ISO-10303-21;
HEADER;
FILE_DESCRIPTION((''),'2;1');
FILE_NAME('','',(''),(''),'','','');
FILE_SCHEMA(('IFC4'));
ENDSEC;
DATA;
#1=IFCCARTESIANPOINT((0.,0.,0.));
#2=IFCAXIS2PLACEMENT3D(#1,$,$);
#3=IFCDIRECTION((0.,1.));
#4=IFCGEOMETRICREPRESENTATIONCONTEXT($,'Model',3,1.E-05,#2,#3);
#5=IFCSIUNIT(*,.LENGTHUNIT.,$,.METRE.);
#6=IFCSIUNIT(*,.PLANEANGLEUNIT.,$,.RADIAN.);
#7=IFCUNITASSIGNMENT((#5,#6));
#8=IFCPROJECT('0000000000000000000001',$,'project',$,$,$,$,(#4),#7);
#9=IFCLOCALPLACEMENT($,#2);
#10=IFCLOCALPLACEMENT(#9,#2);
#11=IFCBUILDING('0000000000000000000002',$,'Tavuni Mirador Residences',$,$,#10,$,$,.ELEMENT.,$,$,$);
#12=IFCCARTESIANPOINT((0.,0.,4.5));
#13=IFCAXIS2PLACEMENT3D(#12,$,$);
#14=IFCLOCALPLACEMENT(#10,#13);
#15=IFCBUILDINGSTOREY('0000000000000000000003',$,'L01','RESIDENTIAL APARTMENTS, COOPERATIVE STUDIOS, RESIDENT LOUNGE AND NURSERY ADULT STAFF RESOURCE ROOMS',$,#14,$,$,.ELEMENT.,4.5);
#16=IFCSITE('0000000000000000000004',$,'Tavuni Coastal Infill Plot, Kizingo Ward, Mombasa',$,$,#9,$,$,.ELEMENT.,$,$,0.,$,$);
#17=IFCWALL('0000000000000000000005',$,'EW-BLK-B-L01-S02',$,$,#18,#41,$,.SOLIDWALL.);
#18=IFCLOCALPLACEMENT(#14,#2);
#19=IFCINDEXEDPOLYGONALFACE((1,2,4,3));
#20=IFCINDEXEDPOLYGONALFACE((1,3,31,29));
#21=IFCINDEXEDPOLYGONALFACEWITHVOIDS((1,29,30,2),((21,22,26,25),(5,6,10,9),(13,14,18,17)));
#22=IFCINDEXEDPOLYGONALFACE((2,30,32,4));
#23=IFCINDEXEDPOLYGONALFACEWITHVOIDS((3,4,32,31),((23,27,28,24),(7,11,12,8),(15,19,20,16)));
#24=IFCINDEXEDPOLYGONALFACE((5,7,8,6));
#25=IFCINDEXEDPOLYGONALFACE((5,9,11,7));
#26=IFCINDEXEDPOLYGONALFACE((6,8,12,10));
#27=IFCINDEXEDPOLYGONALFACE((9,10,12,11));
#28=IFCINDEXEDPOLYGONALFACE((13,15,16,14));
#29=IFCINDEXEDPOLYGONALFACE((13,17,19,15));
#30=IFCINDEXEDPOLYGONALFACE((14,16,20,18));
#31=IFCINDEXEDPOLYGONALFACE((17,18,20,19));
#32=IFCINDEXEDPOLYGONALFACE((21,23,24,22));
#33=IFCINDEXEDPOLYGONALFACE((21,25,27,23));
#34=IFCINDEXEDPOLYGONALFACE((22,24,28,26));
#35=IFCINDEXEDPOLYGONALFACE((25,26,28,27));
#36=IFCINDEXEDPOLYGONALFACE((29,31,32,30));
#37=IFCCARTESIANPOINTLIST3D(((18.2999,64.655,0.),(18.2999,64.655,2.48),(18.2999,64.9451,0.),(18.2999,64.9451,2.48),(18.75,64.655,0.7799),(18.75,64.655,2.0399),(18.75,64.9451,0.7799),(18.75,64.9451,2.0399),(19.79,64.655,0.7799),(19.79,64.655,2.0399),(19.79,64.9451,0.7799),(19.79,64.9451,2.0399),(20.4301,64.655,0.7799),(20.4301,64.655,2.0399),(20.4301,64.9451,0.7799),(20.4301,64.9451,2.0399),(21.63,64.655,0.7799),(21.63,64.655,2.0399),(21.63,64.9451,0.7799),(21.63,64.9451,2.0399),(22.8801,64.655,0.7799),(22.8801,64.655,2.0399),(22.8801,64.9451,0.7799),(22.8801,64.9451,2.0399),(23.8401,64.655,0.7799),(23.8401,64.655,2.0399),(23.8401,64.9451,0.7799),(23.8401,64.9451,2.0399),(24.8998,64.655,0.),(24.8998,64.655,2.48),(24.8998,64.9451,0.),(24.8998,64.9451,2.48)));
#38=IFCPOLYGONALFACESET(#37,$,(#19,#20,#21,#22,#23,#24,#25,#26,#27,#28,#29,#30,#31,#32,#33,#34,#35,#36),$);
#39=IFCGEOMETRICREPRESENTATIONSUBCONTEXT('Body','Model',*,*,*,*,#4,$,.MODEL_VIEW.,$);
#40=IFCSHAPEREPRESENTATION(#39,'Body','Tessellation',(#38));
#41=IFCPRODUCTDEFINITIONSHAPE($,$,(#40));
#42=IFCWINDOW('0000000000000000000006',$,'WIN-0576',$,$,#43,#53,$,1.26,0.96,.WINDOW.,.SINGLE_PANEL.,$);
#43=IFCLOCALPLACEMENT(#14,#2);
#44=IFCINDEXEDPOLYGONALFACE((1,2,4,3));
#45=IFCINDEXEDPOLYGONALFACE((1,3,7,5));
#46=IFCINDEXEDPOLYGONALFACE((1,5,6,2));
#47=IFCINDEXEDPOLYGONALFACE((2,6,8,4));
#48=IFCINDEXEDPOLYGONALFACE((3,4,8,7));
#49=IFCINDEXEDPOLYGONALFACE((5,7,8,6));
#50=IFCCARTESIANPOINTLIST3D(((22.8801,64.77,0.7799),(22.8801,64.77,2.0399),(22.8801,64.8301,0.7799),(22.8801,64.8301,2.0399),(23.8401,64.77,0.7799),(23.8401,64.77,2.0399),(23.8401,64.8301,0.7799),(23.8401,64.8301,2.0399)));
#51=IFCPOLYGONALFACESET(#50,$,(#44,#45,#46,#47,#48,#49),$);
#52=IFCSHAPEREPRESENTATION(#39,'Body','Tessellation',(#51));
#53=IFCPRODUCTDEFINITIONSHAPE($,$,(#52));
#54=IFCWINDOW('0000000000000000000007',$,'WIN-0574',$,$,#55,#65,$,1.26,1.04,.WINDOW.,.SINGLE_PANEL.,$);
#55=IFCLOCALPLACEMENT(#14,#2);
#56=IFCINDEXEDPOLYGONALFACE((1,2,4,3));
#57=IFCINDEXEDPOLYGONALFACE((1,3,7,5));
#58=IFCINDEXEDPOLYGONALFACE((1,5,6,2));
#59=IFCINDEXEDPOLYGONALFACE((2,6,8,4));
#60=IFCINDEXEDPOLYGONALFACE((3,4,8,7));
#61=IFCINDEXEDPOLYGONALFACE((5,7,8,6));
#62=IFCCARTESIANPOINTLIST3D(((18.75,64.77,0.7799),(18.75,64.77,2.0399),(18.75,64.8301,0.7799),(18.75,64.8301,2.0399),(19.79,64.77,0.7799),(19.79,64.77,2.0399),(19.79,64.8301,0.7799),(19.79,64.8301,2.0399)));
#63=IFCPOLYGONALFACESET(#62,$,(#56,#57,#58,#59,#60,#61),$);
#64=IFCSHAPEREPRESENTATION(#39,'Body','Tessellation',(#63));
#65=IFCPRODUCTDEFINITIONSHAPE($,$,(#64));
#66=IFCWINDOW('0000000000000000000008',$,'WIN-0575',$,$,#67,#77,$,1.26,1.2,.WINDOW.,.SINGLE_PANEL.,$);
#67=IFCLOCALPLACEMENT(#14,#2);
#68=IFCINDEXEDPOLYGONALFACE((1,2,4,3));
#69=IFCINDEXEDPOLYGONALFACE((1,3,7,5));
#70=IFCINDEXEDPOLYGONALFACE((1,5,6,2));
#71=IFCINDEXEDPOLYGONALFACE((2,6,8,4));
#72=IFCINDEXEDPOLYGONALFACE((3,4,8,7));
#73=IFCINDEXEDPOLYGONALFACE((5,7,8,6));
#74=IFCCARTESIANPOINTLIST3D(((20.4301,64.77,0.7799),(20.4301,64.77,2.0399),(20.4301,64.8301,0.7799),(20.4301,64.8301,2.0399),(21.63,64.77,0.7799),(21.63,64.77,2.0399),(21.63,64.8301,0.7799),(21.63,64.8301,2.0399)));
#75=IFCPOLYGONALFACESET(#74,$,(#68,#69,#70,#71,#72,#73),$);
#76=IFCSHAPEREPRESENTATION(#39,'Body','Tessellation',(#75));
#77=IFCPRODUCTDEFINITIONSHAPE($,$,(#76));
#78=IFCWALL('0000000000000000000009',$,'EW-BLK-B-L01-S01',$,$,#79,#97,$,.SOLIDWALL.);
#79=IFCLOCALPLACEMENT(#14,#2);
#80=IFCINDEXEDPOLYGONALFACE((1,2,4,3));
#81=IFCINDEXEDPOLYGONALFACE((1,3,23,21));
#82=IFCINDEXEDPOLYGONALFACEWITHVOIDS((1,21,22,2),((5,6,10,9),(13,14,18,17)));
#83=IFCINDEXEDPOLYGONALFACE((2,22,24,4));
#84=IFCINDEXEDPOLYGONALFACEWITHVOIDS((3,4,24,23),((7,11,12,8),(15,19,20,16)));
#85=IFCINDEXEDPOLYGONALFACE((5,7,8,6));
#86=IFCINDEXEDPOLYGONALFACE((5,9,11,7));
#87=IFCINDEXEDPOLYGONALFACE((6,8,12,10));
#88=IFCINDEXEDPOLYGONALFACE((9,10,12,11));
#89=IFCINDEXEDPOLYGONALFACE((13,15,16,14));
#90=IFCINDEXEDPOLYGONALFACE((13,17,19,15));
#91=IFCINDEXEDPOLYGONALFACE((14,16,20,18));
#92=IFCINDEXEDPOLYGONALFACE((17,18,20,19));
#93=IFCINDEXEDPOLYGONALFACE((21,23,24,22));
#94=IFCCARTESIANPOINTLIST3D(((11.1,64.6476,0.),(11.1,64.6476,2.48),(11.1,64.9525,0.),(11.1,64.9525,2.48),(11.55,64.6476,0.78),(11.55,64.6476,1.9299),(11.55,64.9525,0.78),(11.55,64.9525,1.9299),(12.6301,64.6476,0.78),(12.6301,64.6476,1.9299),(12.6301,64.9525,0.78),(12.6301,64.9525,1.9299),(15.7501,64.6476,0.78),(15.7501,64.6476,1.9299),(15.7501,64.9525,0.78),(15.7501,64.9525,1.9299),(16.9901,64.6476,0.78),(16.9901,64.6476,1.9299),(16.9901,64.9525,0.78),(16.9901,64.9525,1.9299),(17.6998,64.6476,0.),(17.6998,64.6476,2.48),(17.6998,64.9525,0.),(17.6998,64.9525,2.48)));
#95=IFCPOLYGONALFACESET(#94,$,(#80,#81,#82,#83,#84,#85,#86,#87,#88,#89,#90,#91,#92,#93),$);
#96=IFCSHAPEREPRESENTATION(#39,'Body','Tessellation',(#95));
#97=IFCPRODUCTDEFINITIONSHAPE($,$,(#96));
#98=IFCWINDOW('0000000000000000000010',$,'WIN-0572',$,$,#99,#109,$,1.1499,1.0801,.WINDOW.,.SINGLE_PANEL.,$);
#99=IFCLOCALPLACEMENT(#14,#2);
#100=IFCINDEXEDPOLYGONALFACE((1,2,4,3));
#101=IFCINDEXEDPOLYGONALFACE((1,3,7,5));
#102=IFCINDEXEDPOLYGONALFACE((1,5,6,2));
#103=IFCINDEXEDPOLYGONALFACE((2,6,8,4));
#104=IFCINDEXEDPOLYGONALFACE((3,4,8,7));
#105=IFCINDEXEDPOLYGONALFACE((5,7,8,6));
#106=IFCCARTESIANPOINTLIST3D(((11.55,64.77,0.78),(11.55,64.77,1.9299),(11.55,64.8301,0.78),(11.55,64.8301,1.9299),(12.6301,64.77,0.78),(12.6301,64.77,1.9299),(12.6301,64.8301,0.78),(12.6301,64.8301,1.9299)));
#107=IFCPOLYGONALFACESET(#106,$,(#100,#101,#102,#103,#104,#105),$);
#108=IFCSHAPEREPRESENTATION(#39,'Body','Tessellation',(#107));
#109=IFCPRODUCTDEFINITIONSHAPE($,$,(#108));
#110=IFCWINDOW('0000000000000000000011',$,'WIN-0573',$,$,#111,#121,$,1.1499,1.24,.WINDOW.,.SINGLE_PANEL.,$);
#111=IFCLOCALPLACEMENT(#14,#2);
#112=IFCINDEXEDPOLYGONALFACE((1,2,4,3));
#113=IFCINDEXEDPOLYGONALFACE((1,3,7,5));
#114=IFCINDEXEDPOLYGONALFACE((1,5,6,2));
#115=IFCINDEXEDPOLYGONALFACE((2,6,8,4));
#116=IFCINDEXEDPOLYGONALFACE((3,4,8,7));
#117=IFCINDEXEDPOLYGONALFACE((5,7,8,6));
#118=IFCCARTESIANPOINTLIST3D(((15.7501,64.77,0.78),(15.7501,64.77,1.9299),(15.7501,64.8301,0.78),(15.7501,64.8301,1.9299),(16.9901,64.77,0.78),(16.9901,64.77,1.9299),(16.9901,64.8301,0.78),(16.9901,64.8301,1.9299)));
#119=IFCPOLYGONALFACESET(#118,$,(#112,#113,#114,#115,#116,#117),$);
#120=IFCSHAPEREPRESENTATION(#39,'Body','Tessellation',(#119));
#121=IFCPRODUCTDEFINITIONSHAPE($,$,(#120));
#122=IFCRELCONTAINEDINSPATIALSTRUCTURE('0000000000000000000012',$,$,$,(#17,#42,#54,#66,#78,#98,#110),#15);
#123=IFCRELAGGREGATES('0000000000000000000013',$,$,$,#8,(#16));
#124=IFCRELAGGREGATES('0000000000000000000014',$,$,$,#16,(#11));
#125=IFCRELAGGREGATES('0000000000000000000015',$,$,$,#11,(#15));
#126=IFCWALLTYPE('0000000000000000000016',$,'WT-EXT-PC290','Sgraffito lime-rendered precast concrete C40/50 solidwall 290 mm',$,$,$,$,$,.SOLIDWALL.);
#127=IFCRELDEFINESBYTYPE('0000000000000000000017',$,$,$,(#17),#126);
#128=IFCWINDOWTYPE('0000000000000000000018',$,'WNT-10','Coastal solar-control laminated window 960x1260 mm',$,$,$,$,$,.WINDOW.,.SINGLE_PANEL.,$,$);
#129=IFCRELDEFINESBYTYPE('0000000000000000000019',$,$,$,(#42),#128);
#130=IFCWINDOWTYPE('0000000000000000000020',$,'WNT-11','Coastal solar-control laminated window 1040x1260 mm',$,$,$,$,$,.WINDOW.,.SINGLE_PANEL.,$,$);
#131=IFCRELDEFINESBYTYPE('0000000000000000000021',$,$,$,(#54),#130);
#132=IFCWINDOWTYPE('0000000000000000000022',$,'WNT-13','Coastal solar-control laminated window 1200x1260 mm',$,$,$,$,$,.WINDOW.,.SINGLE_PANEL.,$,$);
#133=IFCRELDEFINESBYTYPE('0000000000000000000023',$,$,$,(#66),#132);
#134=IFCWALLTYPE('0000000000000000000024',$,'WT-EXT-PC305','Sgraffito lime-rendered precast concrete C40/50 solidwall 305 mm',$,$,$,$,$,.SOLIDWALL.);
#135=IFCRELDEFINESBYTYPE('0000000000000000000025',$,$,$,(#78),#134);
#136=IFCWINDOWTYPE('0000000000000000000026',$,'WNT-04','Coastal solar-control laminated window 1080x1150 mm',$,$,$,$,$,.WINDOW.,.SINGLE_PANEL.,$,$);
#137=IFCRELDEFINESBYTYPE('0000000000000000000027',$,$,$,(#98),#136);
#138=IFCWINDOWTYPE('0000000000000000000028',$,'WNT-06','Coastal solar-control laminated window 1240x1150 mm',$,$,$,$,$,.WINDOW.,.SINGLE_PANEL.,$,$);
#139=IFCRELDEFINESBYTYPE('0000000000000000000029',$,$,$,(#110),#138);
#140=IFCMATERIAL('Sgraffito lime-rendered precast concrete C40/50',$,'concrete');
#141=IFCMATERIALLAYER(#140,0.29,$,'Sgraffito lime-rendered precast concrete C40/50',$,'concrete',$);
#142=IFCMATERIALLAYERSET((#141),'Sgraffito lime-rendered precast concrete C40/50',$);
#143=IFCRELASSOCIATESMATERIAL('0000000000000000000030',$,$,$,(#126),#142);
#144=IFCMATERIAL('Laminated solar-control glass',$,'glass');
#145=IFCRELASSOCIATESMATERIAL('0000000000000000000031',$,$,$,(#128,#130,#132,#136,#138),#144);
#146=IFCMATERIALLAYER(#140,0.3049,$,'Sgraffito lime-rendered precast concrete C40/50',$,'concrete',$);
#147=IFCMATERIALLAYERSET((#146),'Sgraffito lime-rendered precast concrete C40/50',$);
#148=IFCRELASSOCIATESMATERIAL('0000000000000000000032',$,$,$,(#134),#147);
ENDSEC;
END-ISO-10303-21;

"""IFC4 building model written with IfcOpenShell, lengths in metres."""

from ifc_helpers import new_model, si_unit, direction, frame, frame_2d, origin, place, context, subcontext, project, spatial, rectangle, extrude, material, layer, layer_set, type_object, element, fill, save


model = new_model("IFC4")

# Units and contexts
model_context = context("Model", 3, precision=1e-05, world=origin(), true_north=direction((0.0, 1.0)))
body_context = subcontext(model_context, "Body", "Model", "MODEL_VIEW")
ifc_project = project(units=[si_unit("LENGTHUNIT", "METRE"), si_unit("PLANEANGLEUNIT", "RADIAN")], contexts=[model_context])

# Site, building, storey
site_placement = place(None, origin())
site = spatial("IfcSite", under=ifc_project, at=site_placement, Name="Tavuni Coastal Infill Plot, Kizingo Ward, Mombasa", CompositionType="ELEMENT", RefElevation=0.0)
building_placement = place(site_placement, origin())
building = spatial("IfcBuilding", under=site, at=building_placement, Name="Tavuni Mirador Residences", CompositionType="ELEMENT")
storey_placement = place(building_placement, frame((0.0, 0.0, 4.5)))
storey = spatial("IfcBuildingStorey", under=building, at=storey_placement, Name="L01", Description="RESIDENTIAL APARTMENTS, COOPERATIVE STUDIOS, RESIDENT LOUNGE AND NURSERY ADULT STAFF RESOURCE ROOMS", CompositionType="ELEMENT", Elevation=4.5)

# Walls, openings, windows
ifc_material_1 = material(Name="Sgraffito lime-rendered precast concrete C40/50", Category="concrete")
ifc_material_2 = material(Name="Laminated solar-control glass", Category="glass")
ifc_layer_1 = layer(ifc_material_1, 0.29, Name="Sgraffito lime-rendered precast concrete C40/50", Category="concrete")
ifc_layer_set_1 = layer_set([ifc_layer_1], Name="Sgraffito lime-rendered precast concrete C40/50")
wall_type_1 = type_object("IfcWallType", Name="WT-EXT-PC290", Description="Sgraffito lime-rendered precast concrete C40/50 solidwall 290 mm", PredefinedType="SOLIDWALL", material=ifc_layer_set_1)
wall_1_placement = place(storey_placement, frame((18.3, 64.8, 0.0), z_axis=(0.0, 0.0, 1.0), x_axis=(1.0, 0.0, 0.0)))
wall_1 = element("IfcWall", 1, at=wall_1_placement, inside=storey, type_object=wall_type_1, Name="EW-BLK-B-L01-S02", PredefinedType="SOLIDWALL", context=body_context, shape_type="SweptSolid", body=[
    extrude(rectangle(XDim=6.5999, YDim=0.29, at=frame_2d((3.2998, 0.0))), origin(), (0.0, 0.0, 1.0), 2.48),
])
opening_1_placement = place(wall_1_placement, frame((0.45, 0.0, 0.78)))
opening_1 = element("IfcOpeningElement", 2, at=opening_1_placement, cuts=wall_1, PredefinedType="OPENING", context=body_context, shape_type="SweptSolid", body=[
    extrude(rectangle(XDim=1.04, YDim=1.26, at=frame_2d((0.52, 0.6299))), frame((0.0, 0.155, 0.0), z_axis=(0.0, -1.0, 0.0), x_axis=(1.0, 0.0, 0.0)), (0.0, 0.0, 1.0), 0.3101),
])
opening_2_placement = place(wall_1_placement, frame((2.1299, 0.0, 0.78)))
opening_2 = element("IfcOpeningElement", 3, at=opening_2_placement, cuts=wall_1, PredefinedType="OPENING", context=body_context, shape_type="SweptSolid", body=[
    extrude(rectangle(XDim=1.2, YDim=1.26, at=frame_2d((0.6001, 0.6299))), frame((0.0, 0.155, 0.0), z_axis=(0.0, -1.0, 0.0), x_axis=(1.0, 0.0, 0.0)), (0.0, 0.0, 1.0), 0.3101),
])
opening_3_placement = place(wall_1_placement, frame((4.5801, 0.0, 0.78)))
opening_3 = element("IfcOpeningElement", 4, at=opening_3_placement, cuts=wall_1, PredefinedType="OPENING", context=body_context, shape_type="SweptSolid", body=[
    extrude(rectangle(XDim=0.96, YDim=1.26, at=frame_2d((0.48, 0.6299))), frame((0.0, 0.155, 0.0), z_axis=(0.0, -1.0, 0.0), x_axis=(1.0, 0.0, 0.0)), (0.0, 0.0, 1.0), 0.3101),
])
window_type_1 = type_object("IfcWindowType", Name="WNT-10", Description="Coastal solar-control laminated window 960x1260 mm", PartitioningType="SINGLE_PANEL", PredefinedType="WINDOW", material=ifc_material_2)
window_1_placement = place(opening_3_placement, origin())
window_1 = element("IfcWindow", 5, at=window_1_placement, inside=storey, type_object=window_type_1, Name="WIN-0576", OverallHeight=1.26, OverallWidth=0.96, PartitioningType="SINGLE_PANEL", PredefinedType="WINDOW", context=body_context, shape_type="SweptSolid", body=[
    extrude(rectangle(XDim=0.96, YDim=1.26, at=frame_2d((0.48, 0.6299))), frame((0.0, 0.03, 0.0), z_axis=(0.0, -1.0, 0.0), x_axis=(1.0, 0.0, 0.0)), (0.0, 0.0, 1.0), 0.0601),
])
fill(opening_3, window_1)
window_type_2 = type_object("IfcWindowType", Name="WNT-11", Description="Coastal solar-control laminated window 1040x1260 mm", PartitioningType="SINGLE_PANEL", PredefinedType="WINDOW", material=ifc_material_2)
window_2_placement = place(opening_1_placement, origin())
window_2 = element("IfcWindow", 6, at=window_2_placement, inside=storey, type_object=window_type_2, Name="WIN-0574", OverallHeight=1.26, OverallWidth=1.04, PartitioningType="SINGLE_PANEL", PredefinedType="WINDOW", context=body_context, shape_type="SweptSolid", body=[
    extrude(rectangle(XDim=1.04, YDim=1.26, at=frame_2d((0.52, 0.6299))), frame((0.0, 0.03, 0.0), z_axis=(0.0, -1.0, 0.0), x_axis=(1.0, 0.0, 0.0)), (0.0, 0.0, 1.0), 0.0601),
])
fill(opening_1, window_2)
window_type_3 = type_object("IfcWindowType", Name="WNT-13", Description="Coastal solar-control laminated window 1200x1260 mm", PartitioningType="SINGLE_PANEL", PredefinedType="WINDOW", material=ifc_material_2)
window_3_placement = place(opening_2_placement, origin())
window_3 = element("IfcWindow", 7, at=window_3_placement, inside=storey, type_object=window_type_3, Name="WIN-0575", OverallHeight=1.26, OverallWidth=1.2, PartitioningType="SINGLE_PANEL", PredefinedType="WINDOW", context=body_context, shape_type="SweptSolid", body=[
    extrude(rectangle(XDim=1.2, YDim=1.26, at=frame_2d((0.6001, 0.6299))), frame((0.0, 0.03, 0.0), z_axis=(0.0, -1.0, 0.0), x_axis=(1.0, 0.0, 0.0)), (0.0, 0.0, 1.0), 0.0601),
])
fill(opening_2, window_3)
ifc_layer_2 = layer(ifc_material_1, 0.3049, Name="Sgraffito lime-rendered precast concrete C40/50", Category="concrete")
ifc_layer_set_2 = layer_set([ifc_layer_2], Name="Sgraffito lime-rendered precast concrete C40/50")
wall_type_2 = type_object("IfcWallType", Name="WT-EXT-PC305", Description="Sgraffito lime-rendered precast concrete C40/50 solidwall 305 mm", PredefinedType="SOLIDWALL", material=ifc_layer_set_2)
wall_2_placement = place(storey_placement, frame((11.1001, 64.8, 0.0), z_axis=(0.0, 0.0, 1.0), x_axis=(1.0, 0.0, 0.0)))
wall_2 = element("IfcWall", 8, at=wall_2_placement, inside=storey, type_object=wall_type_2, Name="EW-BLK-B-L01-S01", PredefinedType="SOLIDWALL", context=body_context, shape_type="SweptSolid", body=[
    extrude(rectangle(XDim=6.5999, YDim=0.3049, at=frame_2d((3.2998, 0.0))), origin(), (0.0, 0.0, 1.0), 2.48),
])
opening_4_placement = place(wall_2_placement, frame((0.45, 0.0, 0.78)))
opening_4 = element("IfcOpeningElement", 9, at=opening_4_placement, cuts=wall_2, PredefinedType="OPENING", context=body_context, shape_type="SweptSolid", body=[
    extrude(rectangle(XDim=1.0801, YDim=1.1499, at=frame_2d((0.54, 0.575))), frame((0.0, 0.1626, 0.0), z_axis=(0.0, -1.0, 0.0), x_axis=(1.0, 0.0, 0.0)), (0.0, 0.0, 1.0), 0.325),
])
opening_5_placement = place(wall_2_placement, frame((4.6499, 0.0, 0.78)))
opening_5 = element("IfcOpeningElement", 10, at=opening_5_placement, cuts=wall_2, PredefinedType="OPENING", context=body_context, shape_type="SweptSolid", body=[
    extrude(rectangle(XDim=1.24, YDim=1.1499, at=frame_2d((0.6201, 0.575))), frame((0.0, 0.1626, 0.0), z_axis=(0.0, -1.0, 0.0), x_axis=(1.0, 0.0, 0.0)), (0.0, 0.0, 1.0), 0.325),
])
window_type_4 = type_object("IfcWindowType", Name="WNT-04", Description="Coastal solar-control laminated window 1080x1150 mm", PartitioningType="SINGLE_PANEL", PredefinedType="WINDOW", material=ifc_material_2)
window_4_placement = place(opening_4_placement, origin())
window_4 = element("IfcWindow", 11, at=window_4_placement, inside=storey, type_object=window_type_4, Name="WIN-0572", OverallHeight=1.1499, OverallWidth=1.0801, PartitioningType="SINGLE_PANEL", PredefinedType="WINDOW", context=body_context, shape_type="SweptSolid", body=[
    extrude(rectangle(XDim=1.0801, YDim=1.1499, at=frame_2d((0.54, 0.575))), frame((0.0, 0.03, 0.0), z_axis=(0.0, -1.0, 0.0), x_axis=(1.0, 0.0, 0.0)), (0.0, 0.0, 1.0), 0.0601),
])
fill(opening_4, window_4)
window_type_5 = type_object("IfcWindowType", Name="WNT-06", Description="Coastal solar-control laminated window 1240x1150 mm", PartitioningType="SINGLE_PANEL", PredefinedType="WINDOW", material=ifc_material_2)
window_5_placement = place(opening_5_placement, origin())
window_5 = element("IfcWindow", 12, at=window_5_placement, inside=storey, type_object=window_type_5, Name="WIN-0573", OverallHeight=1.1499, OverallWidth=1.24, PartitioningType="SINGLE_PANEL", PredefinedType="WINDOW", context=body_context, shape_type="SweptSolid", body=[
    extrude(rectangle(XDim=1.24, YDim=1.1499, at=frame_2d((0.6201, 0.575))), frame((0.0, 0.03, 0.0), z_axis=(0.0, -1.0, 0.0), x_axis=(1.0, 0.0, 0.0)), (0.0, 0.0, 1.0), 0.0601),
])
fill(opening_5, window_5)

save(model, "model.ifc")
